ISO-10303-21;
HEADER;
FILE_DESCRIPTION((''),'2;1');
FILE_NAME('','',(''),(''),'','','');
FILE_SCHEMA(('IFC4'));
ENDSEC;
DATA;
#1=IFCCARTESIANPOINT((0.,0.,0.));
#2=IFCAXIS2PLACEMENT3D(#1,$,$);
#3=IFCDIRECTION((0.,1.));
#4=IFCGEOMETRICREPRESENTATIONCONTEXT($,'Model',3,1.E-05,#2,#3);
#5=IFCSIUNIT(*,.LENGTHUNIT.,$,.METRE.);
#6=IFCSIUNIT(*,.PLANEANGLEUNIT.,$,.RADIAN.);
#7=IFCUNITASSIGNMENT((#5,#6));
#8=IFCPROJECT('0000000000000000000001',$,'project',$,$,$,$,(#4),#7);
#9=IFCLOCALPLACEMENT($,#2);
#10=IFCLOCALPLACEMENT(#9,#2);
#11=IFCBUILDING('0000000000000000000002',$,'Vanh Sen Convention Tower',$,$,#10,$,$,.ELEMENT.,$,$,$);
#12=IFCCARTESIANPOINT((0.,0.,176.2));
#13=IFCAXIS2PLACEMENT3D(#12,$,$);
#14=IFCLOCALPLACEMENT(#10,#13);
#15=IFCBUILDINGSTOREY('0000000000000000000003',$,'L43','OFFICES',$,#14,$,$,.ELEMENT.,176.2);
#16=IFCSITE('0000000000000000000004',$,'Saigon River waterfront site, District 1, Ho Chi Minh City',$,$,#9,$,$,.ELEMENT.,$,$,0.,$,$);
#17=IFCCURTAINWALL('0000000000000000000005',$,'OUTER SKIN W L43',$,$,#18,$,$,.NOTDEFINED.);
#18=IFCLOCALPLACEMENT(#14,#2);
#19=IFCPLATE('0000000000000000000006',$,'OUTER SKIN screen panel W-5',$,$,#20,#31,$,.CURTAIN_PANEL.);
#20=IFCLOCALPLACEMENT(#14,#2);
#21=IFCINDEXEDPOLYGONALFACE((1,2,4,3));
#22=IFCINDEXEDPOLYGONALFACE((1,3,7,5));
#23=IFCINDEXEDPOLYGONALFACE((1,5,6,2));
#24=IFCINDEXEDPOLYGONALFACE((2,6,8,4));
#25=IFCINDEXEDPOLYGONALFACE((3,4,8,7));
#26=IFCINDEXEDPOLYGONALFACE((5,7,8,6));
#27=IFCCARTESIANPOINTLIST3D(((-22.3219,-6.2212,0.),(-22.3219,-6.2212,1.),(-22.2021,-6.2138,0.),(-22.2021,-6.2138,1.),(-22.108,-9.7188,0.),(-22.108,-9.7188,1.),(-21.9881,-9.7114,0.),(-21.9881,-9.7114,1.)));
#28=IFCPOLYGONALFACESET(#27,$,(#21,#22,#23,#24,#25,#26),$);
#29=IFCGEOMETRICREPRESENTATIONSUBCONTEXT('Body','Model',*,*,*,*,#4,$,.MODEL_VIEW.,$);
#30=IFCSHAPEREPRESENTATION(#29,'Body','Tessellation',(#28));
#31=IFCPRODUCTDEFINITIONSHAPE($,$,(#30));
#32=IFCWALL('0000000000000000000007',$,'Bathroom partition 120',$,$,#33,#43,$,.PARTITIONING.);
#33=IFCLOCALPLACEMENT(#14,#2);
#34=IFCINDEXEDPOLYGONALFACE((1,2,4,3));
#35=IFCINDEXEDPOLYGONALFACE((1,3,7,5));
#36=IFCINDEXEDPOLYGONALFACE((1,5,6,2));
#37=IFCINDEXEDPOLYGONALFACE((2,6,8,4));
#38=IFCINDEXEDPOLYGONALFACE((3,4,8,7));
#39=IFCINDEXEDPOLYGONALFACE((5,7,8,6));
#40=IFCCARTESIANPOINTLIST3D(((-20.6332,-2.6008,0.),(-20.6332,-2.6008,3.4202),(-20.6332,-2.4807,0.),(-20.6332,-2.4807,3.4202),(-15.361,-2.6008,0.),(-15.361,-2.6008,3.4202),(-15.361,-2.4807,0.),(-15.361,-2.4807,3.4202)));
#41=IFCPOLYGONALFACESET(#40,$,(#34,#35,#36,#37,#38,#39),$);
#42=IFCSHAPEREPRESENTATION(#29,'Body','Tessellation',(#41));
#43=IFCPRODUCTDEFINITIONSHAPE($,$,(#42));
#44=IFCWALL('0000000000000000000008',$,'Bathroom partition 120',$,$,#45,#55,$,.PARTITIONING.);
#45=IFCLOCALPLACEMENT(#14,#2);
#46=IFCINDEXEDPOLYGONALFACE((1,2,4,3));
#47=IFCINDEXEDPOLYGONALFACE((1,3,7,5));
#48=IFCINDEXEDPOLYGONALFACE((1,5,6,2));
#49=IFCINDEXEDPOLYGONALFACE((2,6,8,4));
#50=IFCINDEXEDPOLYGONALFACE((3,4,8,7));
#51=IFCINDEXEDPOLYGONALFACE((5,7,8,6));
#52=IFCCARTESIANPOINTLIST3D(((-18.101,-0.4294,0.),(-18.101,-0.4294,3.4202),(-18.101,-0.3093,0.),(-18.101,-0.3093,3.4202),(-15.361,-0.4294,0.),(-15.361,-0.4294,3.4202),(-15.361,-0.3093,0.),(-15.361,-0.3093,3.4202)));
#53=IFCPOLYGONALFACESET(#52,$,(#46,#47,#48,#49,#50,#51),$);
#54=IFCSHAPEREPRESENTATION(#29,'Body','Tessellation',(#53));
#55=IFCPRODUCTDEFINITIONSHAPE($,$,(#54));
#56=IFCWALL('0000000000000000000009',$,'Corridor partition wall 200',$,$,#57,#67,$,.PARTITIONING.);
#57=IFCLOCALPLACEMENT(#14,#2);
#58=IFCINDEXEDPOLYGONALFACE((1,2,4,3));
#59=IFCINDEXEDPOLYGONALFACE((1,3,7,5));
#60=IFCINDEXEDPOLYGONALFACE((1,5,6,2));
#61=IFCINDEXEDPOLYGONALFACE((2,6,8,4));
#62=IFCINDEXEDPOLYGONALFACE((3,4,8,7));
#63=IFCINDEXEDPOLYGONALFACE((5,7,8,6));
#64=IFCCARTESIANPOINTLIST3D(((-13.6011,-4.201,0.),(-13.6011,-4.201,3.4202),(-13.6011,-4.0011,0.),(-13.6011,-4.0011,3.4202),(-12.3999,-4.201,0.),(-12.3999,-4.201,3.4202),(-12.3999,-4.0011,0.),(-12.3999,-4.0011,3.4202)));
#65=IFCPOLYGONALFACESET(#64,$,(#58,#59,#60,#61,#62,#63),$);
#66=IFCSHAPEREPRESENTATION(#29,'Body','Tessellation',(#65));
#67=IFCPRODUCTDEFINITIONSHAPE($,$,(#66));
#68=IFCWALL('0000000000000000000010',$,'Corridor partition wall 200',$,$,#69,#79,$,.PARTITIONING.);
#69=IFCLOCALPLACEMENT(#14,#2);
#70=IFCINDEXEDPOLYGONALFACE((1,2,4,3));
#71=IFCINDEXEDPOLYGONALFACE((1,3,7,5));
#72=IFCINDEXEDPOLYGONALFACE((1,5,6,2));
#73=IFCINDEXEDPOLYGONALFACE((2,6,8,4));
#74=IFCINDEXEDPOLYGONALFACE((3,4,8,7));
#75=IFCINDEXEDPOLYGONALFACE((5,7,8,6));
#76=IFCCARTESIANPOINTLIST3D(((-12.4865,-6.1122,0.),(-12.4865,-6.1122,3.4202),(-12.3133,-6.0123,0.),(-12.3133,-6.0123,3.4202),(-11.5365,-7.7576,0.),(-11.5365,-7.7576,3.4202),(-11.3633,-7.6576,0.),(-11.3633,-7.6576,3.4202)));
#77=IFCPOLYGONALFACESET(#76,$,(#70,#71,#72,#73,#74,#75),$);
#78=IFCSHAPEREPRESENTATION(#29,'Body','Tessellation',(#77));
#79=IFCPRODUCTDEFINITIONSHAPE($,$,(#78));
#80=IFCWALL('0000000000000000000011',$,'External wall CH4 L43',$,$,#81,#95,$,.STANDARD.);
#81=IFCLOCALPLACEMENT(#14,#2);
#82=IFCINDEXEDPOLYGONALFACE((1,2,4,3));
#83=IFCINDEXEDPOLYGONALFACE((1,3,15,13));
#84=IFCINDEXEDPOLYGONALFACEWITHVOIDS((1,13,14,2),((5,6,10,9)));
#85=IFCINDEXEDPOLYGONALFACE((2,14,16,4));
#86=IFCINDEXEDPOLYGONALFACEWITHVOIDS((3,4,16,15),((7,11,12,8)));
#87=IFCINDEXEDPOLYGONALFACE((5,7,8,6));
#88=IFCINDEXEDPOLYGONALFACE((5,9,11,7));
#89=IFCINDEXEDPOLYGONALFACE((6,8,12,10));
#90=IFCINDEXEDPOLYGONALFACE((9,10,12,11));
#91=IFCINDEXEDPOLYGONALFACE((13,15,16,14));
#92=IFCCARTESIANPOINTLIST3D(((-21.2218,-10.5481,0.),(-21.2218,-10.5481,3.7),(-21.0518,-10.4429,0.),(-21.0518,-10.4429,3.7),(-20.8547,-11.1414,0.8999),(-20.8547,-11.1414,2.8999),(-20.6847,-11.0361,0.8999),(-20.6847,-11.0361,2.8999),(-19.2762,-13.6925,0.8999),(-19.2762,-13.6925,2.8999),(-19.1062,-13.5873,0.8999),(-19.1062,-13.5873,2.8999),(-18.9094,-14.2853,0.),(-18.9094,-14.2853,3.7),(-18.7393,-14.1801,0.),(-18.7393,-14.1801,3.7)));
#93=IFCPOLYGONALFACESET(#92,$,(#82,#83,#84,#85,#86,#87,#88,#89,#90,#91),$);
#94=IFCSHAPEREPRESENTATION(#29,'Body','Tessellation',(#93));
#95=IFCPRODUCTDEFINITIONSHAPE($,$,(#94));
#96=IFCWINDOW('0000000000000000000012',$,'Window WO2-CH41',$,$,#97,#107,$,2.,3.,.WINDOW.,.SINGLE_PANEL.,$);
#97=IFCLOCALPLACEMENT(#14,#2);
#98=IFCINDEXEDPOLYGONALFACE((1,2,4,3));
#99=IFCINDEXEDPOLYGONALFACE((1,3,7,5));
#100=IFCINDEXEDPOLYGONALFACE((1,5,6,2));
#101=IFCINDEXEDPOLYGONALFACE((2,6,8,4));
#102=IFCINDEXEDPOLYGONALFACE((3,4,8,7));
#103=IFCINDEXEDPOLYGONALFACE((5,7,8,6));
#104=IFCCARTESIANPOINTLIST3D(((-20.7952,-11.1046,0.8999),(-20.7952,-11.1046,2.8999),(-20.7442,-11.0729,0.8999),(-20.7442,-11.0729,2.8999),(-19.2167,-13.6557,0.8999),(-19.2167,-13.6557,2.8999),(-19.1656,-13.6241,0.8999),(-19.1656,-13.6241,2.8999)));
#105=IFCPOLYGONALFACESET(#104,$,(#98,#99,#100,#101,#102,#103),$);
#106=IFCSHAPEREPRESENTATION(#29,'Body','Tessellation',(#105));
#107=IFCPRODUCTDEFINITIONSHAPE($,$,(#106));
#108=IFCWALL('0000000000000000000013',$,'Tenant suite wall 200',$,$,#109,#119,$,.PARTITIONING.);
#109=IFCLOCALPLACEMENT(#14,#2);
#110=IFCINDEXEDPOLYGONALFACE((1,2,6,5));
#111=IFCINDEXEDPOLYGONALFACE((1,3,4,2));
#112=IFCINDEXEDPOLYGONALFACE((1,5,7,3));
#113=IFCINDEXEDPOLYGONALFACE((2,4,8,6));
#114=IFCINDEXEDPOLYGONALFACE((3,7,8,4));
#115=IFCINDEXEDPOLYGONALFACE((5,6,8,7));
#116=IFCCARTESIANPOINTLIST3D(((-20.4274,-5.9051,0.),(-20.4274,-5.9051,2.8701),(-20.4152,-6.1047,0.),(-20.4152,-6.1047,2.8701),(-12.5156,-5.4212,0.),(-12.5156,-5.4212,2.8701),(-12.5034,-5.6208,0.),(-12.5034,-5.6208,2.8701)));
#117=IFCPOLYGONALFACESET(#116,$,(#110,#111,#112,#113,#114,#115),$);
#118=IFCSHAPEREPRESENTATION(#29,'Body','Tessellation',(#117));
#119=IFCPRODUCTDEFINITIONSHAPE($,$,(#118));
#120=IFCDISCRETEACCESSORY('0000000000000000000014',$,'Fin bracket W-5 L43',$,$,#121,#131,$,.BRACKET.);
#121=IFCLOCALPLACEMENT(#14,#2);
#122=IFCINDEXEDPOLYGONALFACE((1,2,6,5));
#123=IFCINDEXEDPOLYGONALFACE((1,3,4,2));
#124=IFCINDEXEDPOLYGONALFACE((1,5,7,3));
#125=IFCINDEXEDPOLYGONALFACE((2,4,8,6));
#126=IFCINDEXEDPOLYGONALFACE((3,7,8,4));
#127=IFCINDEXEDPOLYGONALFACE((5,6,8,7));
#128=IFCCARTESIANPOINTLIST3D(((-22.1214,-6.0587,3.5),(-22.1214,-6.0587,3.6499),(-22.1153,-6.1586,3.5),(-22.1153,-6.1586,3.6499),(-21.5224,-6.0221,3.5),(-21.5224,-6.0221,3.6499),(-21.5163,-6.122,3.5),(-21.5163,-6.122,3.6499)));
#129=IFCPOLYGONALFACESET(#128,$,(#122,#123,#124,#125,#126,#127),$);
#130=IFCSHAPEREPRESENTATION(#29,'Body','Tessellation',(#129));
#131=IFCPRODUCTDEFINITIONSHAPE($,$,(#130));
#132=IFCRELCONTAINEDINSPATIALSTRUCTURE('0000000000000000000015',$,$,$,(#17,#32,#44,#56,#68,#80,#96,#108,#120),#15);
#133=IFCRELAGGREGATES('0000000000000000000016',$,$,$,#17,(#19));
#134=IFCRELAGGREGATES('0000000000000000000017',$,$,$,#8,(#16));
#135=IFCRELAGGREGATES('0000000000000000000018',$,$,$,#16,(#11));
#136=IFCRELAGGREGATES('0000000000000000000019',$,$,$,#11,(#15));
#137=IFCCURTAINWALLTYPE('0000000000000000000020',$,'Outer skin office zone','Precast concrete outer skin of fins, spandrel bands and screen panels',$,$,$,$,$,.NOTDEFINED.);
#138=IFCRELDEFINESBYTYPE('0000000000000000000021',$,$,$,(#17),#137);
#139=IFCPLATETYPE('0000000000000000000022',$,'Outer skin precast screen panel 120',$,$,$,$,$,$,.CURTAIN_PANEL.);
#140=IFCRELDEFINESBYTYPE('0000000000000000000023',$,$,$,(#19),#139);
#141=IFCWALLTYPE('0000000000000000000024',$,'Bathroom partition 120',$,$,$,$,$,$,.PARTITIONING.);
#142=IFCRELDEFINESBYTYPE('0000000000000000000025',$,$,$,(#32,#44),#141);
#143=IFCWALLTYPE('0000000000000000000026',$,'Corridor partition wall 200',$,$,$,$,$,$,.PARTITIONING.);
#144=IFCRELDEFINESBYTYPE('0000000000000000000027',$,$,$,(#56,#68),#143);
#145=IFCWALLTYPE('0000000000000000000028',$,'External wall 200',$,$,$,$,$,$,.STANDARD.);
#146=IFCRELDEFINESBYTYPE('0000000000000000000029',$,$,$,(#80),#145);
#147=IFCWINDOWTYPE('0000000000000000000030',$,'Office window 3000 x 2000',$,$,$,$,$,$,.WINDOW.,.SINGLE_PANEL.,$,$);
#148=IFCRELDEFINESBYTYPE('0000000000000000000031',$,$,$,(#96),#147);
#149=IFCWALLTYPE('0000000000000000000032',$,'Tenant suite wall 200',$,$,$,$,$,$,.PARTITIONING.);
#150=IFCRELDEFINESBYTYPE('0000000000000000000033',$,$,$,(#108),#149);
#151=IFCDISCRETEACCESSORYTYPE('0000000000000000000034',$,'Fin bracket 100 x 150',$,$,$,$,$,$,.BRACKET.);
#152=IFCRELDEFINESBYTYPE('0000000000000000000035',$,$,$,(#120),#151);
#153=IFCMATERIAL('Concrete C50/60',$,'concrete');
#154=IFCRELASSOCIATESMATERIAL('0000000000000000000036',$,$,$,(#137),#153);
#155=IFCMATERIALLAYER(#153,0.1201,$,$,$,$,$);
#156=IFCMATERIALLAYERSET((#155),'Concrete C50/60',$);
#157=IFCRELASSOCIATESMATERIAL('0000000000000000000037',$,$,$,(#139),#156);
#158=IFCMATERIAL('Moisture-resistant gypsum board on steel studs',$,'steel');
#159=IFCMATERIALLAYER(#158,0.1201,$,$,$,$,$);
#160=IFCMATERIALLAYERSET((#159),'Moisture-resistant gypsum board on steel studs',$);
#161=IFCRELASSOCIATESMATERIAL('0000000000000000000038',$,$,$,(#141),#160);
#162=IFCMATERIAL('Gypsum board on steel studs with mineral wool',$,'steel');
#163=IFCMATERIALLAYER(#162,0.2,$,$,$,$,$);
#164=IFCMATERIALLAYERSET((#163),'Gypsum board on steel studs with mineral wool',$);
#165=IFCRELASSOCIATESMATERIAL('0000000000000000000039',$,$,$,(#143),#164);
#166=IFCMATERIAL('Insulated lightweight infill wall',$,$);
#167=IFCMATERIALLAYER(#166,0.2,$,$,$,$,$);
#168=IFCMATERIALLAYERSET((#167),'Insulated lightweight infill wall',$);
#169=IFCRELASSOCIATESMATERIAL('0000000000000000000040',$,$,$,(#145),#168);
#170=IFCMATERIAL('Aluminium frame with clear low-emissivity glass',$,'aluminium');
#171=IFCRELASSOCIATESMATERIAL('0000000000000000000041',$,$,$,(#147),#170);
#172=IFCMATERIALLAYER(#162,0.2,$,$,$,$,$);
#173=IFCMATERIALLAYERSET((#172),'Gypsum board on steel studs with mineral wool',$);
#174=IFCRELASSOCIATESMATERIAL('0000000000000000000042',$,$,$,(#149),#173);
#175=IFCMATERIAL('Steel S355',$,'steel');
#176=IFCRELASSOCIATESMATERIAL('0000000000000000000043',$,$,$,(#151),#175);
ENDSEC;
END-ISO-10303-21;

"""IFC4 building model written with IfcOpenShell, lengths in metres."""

from ifc_helpers import new_model, si_unit, direction, frame, frame_2d, origin, origin_2d, place, context, subcontext, project, spatial, rectangle, extrude, material, layer, layer_set, type_object, element, fill, aggregate, save


model = new_model("IFC4")

# Units and contexts
model_context = context("Model", 3, precision=1e-05, world=origin(), true_north=direction((0.0, 1.0)))
body_context = subcontext(model_context, "Body", "Model", "MODEL_VIEW")
ifc_project = project(units=[si_unit("LENGTHUNIT", "METRE"), si_unit("PLANEANGLEUNIT", "RADIAN")], contexts=[model_context])

# Site, building, storey
site_placement = place(None, origin())
site = spatial("IfcSite", under=ifc_project, at=site_placement, Name="Saigon River waterfront site, District 1, Ho Chi Minh City", CompositionType="ELEMENT", RefElevation=0.0)
building_placement = place(site_placement, origin())
building = spatial("IfcBuilding", under=site, at=building_placement, Name="Vanh Sen Convention Tower", CompositionType="ELEMENT")
storey_placement = place(building_placement, frame((0.0, 0.0, 176.2)))
storey = spatial("IfcBuildingStorey", under=building, at=storey_placement, Name="L43", Description="OFFICES", CompositionType="ELEMENT", Elevation=176.2)

# Curtain wall
ifc_material_1 = material(Name="Concrete C50/60", Category="concrete")
curtain_wall_type = type_object("IfcCurtainWallType", Name="Outer skin office zone", Description="Precast concrete outer skin of fins, spandrel bands and screen panels", PredefinedType="NOTDEFINED", material=ifc_material_1)
curtain_wall_1_placement = place(storey_placement, origin())
curtain_wall_1 = element("IfcCurtainWall", 1, at=curtain_wall_1_placement, inside=storey, type_object=curtain_wall_type, Name="OUTER SKIN W L43", PredefinedType="NOTDEFINED")

# Plate
ifc_layer_1 = layer(ifc_material_1, 0.1201)
ifc_layer_set_1 = layer_set([ifc_layer_1], Name="Concrete C50/60")
plate_type = type_object("IfcPlateType", Name="Outer skin precast screen panel 120", PredefinedType="CURTAIN_PANEL", material=ifc_layer_set_1)
plate_1_placement = place(storey_placement, frame((-22.155, -7.9663, 0.0), z_axis=(0.0, 0.0, 1.0), x_axis=(0.061054, -0.998134, 0.0)))
plate_1 = element("IfcPlate", 2, at=plate_1_placement, type_object=plate_type, Name="OUTER SKIN screen panel W-5", PredefinedType="CURTAIN_PANEL", context=body_context, shape_type="SweptSolid", body=[
    extrude(rectangle(XDim=3.5042, YDim=0.1201, at=origin_2d()), origin(), (0.0, 0.0, 1.0), 1.0),
])
aggregate(curtain_wall_1, [plate_1])

# Walls
ifc_material_2 = material(Name="Moisture-resistant gypsum board on steel studs", Category="steel")
ifc_layer_2 = layer(ifc_material_2, 0.1201)
ifc_layer_set_2 = layer_set([ifc_layer_2], Name="Moisture-resistant gypsum board on steel studs")
wall_type_1 = type_object("IfcWallType", Name="Bathroom partition 120", PredefinedType="PARTITIONING", material=ifc_layer_set_2)
wall_1_placement = place(storey_placement, frame((-20.6333, -2.5408, 0.0), z_axis=(0.0, 0.0, 1.0), x_axis=(1.0, 0.0, 0.0)))
element("IfcWall", 3, at=wall_1_placement, inside=storey, type_object=wall_type_1, Name="Bathroom partition 120", PredefinedType="PARTITIONING", context=body_context, shape_type="SweptSolid", body=[
    extrude(rectangle(XDim=5.2722, YDim=0.1201, at=frame_2d((2.6362, 0.0))), origin(), (0.0, 0.0, 1.0), 3.4202),
])
wall_2_placement = place(storey_placement, frame((-18.1011, -0.3694, 0.0), z_axis=(0.0, 0.0, 1.0), x_axis=(1.0, 0.0, 0.0)))
element("IfcWall", 4, at=wall_2_placement, inside=storey, type_object=wall_type_1, Name="Bathroom partition 120", PredefinedType="PARTITIONING", context=body_context, shape_type="SweptSolid", body=[
    extrude(rectangle(XDim=2.74, YDim=0.1201, at=frame_2d((1.3701, 0.0))), origin(), (0.0, 0.0, 1.0), 3.4202),
])
ifc_material_3 = material(Name="Gypsum board on steel studs with mineral wool", Category="steel")
ifc_layer_3 = layer(ifc_material_3, 0.2)
ifc_layer_set_3 = layer_set([ifc_layer_3], Name="Gypsum board on steel studs with mineral wool")
wall_type_2 = type_object("IfcWallType", Name="Corridor partition wall 200", PredefinedType="PARTITIONING", material=ifc_layer_set_3)
wall_3_placement = place(storey_placement, frame((-13.6011, -4.1011, 0.0), z_axis=(0.0, 0.0, 1.0), x_axis=(1.0, 0.0, 0.0)))
element("IfcWall", 5, at=wall_3_placement, inside=storey, type_object=wall_type_2, Name="Corridor partition wall 200", PredefinedType="PARTITIONING", context=body_context, shape_type="SweptSolid", body=[
    extrude(rectangle(XDim=1.2012, YDim=0.2, at=frame_2d((0.6006, 0.0))), origin(), (0.0, 0.0, 1.0), 3.4202),
])
wall_4_placement = place(storey_placement, frame((-12.3999, -6.0623, 0.0), z_axis=(0.0, 0.0, 1.0), x_axis=(0.500023, -0.866012, 0.0)))
element("IfcWall", 6, at=wall_4_placement, inside=storey, type_object=wall_type_2, Name="Corridor partition wall 200", PredefinedType="PARTITIONING", context=body_context, shape_type="SweptSolid", body=[
    extrude(rectangle(XDim=1.8999, YDim=0.2, at=frame_2d((0.95, 0.0))), origin(), (0.0, 0.0, 1.0), 3.4202),
])

# Wall, opening, window
ifc_material_4 = material(Name="Insulated lightweight infill wall")
ifc_layer_4 = layer(ifc_material_4, 0.2)
ifc_layer_set_4 = layer_set([ifc_layer_4], Name="Insulated lightweight infill wall")
wall_type_3 = type_object("IfcWallType", Name="External wall 200", PredefinedType="STANDARD", material=ifc_layer_set_4)
wall_5_placement = place(storey_placement, frame((-21.1367, -10.4956, 0.0), z_axis=(0.0, 0.0, 1.0), x_axis=(0.526179, -0.850374, 0.0)))
wall_5 = element("IfcWall", 7, at=wall_5_placement, inside=storey, type_object=wall_type_3, Name="External wall CH4 L43", PredefinedType="STANDARD", context=body_context, shape_type="SweptSolid", body=[
    extrude(rectangle(XDim=4.3948, YDim=0.2, at=frame_2d((2.1973, 0.0))), origin(), (0.0, 0.0, 1.0), 3.7),
])
opening_placement = place(wall_5_placement, frame((0.6975, 0.0, 0.8999)))
opening = element("IfcOpeningElement", 8, at=opening_placement, cuts=wall_5, PredefinedType="OPENING", context=body_context, shape_type="SweptSolid", body=[
    extrude(rectangle(XDim=3.0, YDim=2.0, at=frame_2d((1.5, 1.0))), frame((0.0, 0.1099, 0.0), z_axis=(0.0, -1.0, 0.0), x_axis=(1.0, 0.0, 0.0)), (0.0, 0.0, 1.0), 0.22),
])
ifc_material_5 = material(Name="Aluminium frame with clear low-emissivity glass", Category="aluminium")
window_type = type_object("IfcWindowType", Name="Office window 3000 x 2000", PartitioningType="SINGLE_PANEL", PredefinedType="WINDOW", material=ifc_material_5)
window_placement = place(opening_placement, origin())
window = element("IfcWindow", 9, at=window_placement, inside=storey, type_object=window_type, Name="Window WO2-CH41", OverallHeight=2.0, OverallWidth=3.0, PartitioningType="SINGLE_PANEL", PredefinedType="WINDOW", context=body_context, shape_type="SweptSolid", body=[
    extrude(rectangle(XDim=3.0, YDim=2.0, at=frame_2d((1.5, 1.0))), frame((0.0, 0.03, 0.0), z_axis=(0.0, -1.0, 0.0), x_axis=(1.0, 0.0, 0.0)), (0.0, 0.0, 1.0), 0.0601),
])
fill(opening, window)

# Wall
ifc_layer_5 = layer(ifc_material_3, 0.2)
ifc_layer_set_5 = layer_set([ifc_layer_5], Name="Gypsum board on steel studs with mineral wool")
wall_type_4 = type_object("IfcWallType", Name="Tenant suite wall 200", PredefinedType="PARTITIONING", material=ifc_layer_set_5)
wall_6_placement = place(storey_placement, frame((-20.4214, -6.0049, 0.0), z_axis=(0.0, 0.0, 1.0), x_axis=(0.998135, 0.061047, 0.0)))
element("IfcWall", 10, at=wall_6_placement, inside=storey, type_object=wall_type_4, Name="Tenant suite wall 200", PredefinedType="PARTITIONING", context=body_context, shape_type="SweptSolid", body=[
    extrude(rectangle(XDim=7.9265, YDim=0.2, at=frame_2d((3.9634, 0.0))), origin(), (0.0, 0.0, 1.0), 2.8701),
])

# Discrete accessory
ifc_material_6 = material(Name="Steel S355", Category="steel")
discrete_accessory_type = type_object("IfcDiscreteAccessoryType", Name="Fin bracket 100 x 150", PredefinedType="BRACKET", material=ifc_material_6)
discrete_accessory_placement = place(storey_placement, frame((-21.8188, -6.0903, 3.5), z_axis=(0.0, 0.0, 1.0), x_axis=(-0.998135, -0.061049, 0.0)))
element("IfcDiscreteAccessory", 11, at=discrete_accessory_placement, inside=storey, type_object=discrete_accessory_type, Name="Fin bracket W-5 L43", PredefinedType="BRACKET", context=body_context, shape_type="SweptSolid", body=[
    extrude(rectangle(XDim=0.6001, YDim=0.1001, at=origin_2d()), origin(), (0.0, 0.0, 1.0), 0.1499),
])

save(model, "model.ifc")
